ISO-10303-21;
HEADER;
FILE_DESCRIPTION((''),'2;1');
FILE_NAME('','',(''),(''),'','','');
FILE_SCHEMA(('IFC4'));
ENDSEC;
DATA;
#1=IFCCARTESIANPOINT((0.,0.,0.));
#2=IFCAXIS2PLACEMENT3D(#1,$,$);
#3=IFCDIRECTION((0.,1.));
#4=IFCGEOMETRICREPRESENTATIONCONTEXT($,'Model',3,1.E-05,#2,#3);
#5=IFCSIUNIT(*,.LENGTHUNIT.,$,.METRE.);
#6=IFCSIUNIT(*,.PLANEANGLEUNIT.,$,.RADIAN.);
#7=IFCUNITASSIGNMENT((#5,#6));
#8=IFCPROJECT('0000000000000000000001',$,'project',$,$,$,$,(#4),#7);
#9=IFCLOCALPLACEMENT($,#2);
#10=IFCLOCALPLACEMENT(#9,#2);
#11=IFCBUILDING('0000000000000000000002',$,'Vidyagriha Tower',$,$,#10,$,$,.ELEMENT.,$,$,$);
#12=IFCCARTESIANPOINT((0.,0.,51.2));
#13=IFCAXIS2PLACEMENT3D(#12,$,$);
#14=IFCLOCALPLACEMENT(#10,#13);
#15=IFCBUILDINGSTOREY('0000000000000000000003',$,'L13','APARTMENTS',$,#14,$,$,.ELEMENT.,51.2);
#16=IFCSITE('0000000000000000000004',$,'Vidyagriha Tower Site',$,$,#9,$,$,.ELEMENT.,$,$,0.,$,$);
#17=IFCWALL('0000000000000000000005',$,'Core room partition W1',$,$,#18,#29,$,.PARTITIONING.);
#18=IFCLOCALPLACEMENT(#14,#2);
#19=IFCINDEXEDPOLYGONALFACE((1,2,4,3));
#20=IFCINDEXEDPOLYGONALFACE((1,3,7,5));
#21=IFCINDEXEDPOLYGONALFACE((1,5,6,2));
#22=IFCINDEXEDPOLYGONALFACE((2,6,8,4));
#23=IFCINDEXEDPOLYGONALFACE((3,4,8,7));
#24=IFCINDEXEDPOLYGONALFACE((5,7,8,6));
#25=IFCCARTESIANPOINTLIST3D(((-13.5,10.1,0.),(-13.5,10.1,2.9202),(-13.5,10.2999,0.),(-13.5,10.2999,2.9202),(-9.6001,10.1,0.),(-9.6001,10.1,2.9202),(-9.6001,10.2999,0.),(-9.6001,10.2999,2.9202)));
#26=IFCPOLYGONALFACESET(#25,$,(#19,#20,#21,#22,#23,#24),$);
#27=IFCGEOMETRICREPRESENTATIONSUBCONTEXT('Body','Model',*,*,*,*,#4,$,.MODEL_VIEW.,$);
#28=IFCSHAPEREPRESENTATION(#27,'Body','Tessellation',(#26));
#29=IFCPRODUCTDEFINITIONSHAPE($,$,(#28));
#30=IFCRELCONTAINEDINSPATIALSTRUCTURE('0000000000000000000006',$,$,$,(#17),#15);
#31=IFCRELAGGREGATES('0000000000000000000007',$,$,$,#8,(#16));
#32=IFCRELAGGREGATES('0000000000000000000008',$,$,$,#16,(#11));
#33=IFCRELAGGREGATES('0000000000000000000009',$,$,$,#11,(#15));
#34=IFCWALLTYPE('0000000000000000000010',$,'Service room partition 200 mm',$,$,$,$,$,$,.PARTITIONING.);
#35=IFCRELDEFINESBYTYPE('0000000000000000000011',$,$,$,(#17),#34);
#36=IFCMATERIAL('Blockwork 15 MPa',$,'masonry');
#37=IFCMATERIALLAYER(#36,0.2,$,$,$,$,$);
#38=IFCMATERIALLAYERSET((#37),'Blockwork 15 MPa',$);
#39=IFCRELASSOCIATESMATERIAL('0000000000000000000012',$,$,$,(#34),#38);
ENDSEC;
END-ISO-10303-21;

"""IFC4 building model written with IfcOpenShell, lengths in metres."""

from ifc_helpers import new_model, si_unit, direction, frame, frame_2d, origin, place, context, subcontext, project, spatial, rectangle, extrude, material, layer, layer_set, type_object, element, save


model = new_model("IFC4")

# Units and contexts
model_context = context("Model", 3, precision=1e-05, world=origin(), true_north=direction((0.0, 1.0)))
body_context = subcontext(model_context, "Body", "Model", "MODEL_VIEW")
ifc_project = project(units=[si_unit("LENGTHUNIT", "METRE"), si_unit("PLANEANGLEUNIT", "RADIAN")], contexts=[model_context])

# Site, building, storey
site_placement = place(None, origin())
site = spatial("IfcSite", under=ifc_project, at=site_placement, Name="Vidyagriha Tower Site", CompositionType="ELEMENT", RefElevation=0.0)
building_placement = place(site_placement, origin())
building = spatial("IfcBuilding", under=site, at=building_placement, Name="Vidyagriha Tower", CompositionType="ELEMENT")
storey_placement = place(building_placement, frame((0.0, 0.0, 51.2)))
storey = spatial("IfcBuildingStorey", under=building, at=storey_placement, Name="L13", Description="APARTMENTS", CompositionType="ELEMENT", Elevation=51.2)

# Wall
ifc_material_1 = material(Name="Blockwork 15 MPa", Category="masonry")
ifc_layer_1 = layer(ifc_material_1, 0.2)
ifc_layer_set_1 = layer_set([ifc_layer_1], Name="Blockwork 15 MPa")
wall_type_1 = type_object("IfcWallType", Name="Service room partition 200 mm", PredefinedType="PARTITIONING", material=ifc_layer_set_1)
wall_1_placement = place(storey_placement, frame((-13.5, 10.2, 0.0)))
element("IfcWall", 1, at=wall_1_placement, inside=storey, type_object=wall_type_1, Name="Core room partition W1", PredefinedType="PARTITIONING", context=body_context, shape_type="SweptSolid", body=[
    extrude(rectangle(XDim=3.8999, YDim=0.2, at=frame_2d((1.95, 0.0))), origin(), (0.0, 0.0, 1.0), 2.9202),
])

save(model, "model.ifc")
